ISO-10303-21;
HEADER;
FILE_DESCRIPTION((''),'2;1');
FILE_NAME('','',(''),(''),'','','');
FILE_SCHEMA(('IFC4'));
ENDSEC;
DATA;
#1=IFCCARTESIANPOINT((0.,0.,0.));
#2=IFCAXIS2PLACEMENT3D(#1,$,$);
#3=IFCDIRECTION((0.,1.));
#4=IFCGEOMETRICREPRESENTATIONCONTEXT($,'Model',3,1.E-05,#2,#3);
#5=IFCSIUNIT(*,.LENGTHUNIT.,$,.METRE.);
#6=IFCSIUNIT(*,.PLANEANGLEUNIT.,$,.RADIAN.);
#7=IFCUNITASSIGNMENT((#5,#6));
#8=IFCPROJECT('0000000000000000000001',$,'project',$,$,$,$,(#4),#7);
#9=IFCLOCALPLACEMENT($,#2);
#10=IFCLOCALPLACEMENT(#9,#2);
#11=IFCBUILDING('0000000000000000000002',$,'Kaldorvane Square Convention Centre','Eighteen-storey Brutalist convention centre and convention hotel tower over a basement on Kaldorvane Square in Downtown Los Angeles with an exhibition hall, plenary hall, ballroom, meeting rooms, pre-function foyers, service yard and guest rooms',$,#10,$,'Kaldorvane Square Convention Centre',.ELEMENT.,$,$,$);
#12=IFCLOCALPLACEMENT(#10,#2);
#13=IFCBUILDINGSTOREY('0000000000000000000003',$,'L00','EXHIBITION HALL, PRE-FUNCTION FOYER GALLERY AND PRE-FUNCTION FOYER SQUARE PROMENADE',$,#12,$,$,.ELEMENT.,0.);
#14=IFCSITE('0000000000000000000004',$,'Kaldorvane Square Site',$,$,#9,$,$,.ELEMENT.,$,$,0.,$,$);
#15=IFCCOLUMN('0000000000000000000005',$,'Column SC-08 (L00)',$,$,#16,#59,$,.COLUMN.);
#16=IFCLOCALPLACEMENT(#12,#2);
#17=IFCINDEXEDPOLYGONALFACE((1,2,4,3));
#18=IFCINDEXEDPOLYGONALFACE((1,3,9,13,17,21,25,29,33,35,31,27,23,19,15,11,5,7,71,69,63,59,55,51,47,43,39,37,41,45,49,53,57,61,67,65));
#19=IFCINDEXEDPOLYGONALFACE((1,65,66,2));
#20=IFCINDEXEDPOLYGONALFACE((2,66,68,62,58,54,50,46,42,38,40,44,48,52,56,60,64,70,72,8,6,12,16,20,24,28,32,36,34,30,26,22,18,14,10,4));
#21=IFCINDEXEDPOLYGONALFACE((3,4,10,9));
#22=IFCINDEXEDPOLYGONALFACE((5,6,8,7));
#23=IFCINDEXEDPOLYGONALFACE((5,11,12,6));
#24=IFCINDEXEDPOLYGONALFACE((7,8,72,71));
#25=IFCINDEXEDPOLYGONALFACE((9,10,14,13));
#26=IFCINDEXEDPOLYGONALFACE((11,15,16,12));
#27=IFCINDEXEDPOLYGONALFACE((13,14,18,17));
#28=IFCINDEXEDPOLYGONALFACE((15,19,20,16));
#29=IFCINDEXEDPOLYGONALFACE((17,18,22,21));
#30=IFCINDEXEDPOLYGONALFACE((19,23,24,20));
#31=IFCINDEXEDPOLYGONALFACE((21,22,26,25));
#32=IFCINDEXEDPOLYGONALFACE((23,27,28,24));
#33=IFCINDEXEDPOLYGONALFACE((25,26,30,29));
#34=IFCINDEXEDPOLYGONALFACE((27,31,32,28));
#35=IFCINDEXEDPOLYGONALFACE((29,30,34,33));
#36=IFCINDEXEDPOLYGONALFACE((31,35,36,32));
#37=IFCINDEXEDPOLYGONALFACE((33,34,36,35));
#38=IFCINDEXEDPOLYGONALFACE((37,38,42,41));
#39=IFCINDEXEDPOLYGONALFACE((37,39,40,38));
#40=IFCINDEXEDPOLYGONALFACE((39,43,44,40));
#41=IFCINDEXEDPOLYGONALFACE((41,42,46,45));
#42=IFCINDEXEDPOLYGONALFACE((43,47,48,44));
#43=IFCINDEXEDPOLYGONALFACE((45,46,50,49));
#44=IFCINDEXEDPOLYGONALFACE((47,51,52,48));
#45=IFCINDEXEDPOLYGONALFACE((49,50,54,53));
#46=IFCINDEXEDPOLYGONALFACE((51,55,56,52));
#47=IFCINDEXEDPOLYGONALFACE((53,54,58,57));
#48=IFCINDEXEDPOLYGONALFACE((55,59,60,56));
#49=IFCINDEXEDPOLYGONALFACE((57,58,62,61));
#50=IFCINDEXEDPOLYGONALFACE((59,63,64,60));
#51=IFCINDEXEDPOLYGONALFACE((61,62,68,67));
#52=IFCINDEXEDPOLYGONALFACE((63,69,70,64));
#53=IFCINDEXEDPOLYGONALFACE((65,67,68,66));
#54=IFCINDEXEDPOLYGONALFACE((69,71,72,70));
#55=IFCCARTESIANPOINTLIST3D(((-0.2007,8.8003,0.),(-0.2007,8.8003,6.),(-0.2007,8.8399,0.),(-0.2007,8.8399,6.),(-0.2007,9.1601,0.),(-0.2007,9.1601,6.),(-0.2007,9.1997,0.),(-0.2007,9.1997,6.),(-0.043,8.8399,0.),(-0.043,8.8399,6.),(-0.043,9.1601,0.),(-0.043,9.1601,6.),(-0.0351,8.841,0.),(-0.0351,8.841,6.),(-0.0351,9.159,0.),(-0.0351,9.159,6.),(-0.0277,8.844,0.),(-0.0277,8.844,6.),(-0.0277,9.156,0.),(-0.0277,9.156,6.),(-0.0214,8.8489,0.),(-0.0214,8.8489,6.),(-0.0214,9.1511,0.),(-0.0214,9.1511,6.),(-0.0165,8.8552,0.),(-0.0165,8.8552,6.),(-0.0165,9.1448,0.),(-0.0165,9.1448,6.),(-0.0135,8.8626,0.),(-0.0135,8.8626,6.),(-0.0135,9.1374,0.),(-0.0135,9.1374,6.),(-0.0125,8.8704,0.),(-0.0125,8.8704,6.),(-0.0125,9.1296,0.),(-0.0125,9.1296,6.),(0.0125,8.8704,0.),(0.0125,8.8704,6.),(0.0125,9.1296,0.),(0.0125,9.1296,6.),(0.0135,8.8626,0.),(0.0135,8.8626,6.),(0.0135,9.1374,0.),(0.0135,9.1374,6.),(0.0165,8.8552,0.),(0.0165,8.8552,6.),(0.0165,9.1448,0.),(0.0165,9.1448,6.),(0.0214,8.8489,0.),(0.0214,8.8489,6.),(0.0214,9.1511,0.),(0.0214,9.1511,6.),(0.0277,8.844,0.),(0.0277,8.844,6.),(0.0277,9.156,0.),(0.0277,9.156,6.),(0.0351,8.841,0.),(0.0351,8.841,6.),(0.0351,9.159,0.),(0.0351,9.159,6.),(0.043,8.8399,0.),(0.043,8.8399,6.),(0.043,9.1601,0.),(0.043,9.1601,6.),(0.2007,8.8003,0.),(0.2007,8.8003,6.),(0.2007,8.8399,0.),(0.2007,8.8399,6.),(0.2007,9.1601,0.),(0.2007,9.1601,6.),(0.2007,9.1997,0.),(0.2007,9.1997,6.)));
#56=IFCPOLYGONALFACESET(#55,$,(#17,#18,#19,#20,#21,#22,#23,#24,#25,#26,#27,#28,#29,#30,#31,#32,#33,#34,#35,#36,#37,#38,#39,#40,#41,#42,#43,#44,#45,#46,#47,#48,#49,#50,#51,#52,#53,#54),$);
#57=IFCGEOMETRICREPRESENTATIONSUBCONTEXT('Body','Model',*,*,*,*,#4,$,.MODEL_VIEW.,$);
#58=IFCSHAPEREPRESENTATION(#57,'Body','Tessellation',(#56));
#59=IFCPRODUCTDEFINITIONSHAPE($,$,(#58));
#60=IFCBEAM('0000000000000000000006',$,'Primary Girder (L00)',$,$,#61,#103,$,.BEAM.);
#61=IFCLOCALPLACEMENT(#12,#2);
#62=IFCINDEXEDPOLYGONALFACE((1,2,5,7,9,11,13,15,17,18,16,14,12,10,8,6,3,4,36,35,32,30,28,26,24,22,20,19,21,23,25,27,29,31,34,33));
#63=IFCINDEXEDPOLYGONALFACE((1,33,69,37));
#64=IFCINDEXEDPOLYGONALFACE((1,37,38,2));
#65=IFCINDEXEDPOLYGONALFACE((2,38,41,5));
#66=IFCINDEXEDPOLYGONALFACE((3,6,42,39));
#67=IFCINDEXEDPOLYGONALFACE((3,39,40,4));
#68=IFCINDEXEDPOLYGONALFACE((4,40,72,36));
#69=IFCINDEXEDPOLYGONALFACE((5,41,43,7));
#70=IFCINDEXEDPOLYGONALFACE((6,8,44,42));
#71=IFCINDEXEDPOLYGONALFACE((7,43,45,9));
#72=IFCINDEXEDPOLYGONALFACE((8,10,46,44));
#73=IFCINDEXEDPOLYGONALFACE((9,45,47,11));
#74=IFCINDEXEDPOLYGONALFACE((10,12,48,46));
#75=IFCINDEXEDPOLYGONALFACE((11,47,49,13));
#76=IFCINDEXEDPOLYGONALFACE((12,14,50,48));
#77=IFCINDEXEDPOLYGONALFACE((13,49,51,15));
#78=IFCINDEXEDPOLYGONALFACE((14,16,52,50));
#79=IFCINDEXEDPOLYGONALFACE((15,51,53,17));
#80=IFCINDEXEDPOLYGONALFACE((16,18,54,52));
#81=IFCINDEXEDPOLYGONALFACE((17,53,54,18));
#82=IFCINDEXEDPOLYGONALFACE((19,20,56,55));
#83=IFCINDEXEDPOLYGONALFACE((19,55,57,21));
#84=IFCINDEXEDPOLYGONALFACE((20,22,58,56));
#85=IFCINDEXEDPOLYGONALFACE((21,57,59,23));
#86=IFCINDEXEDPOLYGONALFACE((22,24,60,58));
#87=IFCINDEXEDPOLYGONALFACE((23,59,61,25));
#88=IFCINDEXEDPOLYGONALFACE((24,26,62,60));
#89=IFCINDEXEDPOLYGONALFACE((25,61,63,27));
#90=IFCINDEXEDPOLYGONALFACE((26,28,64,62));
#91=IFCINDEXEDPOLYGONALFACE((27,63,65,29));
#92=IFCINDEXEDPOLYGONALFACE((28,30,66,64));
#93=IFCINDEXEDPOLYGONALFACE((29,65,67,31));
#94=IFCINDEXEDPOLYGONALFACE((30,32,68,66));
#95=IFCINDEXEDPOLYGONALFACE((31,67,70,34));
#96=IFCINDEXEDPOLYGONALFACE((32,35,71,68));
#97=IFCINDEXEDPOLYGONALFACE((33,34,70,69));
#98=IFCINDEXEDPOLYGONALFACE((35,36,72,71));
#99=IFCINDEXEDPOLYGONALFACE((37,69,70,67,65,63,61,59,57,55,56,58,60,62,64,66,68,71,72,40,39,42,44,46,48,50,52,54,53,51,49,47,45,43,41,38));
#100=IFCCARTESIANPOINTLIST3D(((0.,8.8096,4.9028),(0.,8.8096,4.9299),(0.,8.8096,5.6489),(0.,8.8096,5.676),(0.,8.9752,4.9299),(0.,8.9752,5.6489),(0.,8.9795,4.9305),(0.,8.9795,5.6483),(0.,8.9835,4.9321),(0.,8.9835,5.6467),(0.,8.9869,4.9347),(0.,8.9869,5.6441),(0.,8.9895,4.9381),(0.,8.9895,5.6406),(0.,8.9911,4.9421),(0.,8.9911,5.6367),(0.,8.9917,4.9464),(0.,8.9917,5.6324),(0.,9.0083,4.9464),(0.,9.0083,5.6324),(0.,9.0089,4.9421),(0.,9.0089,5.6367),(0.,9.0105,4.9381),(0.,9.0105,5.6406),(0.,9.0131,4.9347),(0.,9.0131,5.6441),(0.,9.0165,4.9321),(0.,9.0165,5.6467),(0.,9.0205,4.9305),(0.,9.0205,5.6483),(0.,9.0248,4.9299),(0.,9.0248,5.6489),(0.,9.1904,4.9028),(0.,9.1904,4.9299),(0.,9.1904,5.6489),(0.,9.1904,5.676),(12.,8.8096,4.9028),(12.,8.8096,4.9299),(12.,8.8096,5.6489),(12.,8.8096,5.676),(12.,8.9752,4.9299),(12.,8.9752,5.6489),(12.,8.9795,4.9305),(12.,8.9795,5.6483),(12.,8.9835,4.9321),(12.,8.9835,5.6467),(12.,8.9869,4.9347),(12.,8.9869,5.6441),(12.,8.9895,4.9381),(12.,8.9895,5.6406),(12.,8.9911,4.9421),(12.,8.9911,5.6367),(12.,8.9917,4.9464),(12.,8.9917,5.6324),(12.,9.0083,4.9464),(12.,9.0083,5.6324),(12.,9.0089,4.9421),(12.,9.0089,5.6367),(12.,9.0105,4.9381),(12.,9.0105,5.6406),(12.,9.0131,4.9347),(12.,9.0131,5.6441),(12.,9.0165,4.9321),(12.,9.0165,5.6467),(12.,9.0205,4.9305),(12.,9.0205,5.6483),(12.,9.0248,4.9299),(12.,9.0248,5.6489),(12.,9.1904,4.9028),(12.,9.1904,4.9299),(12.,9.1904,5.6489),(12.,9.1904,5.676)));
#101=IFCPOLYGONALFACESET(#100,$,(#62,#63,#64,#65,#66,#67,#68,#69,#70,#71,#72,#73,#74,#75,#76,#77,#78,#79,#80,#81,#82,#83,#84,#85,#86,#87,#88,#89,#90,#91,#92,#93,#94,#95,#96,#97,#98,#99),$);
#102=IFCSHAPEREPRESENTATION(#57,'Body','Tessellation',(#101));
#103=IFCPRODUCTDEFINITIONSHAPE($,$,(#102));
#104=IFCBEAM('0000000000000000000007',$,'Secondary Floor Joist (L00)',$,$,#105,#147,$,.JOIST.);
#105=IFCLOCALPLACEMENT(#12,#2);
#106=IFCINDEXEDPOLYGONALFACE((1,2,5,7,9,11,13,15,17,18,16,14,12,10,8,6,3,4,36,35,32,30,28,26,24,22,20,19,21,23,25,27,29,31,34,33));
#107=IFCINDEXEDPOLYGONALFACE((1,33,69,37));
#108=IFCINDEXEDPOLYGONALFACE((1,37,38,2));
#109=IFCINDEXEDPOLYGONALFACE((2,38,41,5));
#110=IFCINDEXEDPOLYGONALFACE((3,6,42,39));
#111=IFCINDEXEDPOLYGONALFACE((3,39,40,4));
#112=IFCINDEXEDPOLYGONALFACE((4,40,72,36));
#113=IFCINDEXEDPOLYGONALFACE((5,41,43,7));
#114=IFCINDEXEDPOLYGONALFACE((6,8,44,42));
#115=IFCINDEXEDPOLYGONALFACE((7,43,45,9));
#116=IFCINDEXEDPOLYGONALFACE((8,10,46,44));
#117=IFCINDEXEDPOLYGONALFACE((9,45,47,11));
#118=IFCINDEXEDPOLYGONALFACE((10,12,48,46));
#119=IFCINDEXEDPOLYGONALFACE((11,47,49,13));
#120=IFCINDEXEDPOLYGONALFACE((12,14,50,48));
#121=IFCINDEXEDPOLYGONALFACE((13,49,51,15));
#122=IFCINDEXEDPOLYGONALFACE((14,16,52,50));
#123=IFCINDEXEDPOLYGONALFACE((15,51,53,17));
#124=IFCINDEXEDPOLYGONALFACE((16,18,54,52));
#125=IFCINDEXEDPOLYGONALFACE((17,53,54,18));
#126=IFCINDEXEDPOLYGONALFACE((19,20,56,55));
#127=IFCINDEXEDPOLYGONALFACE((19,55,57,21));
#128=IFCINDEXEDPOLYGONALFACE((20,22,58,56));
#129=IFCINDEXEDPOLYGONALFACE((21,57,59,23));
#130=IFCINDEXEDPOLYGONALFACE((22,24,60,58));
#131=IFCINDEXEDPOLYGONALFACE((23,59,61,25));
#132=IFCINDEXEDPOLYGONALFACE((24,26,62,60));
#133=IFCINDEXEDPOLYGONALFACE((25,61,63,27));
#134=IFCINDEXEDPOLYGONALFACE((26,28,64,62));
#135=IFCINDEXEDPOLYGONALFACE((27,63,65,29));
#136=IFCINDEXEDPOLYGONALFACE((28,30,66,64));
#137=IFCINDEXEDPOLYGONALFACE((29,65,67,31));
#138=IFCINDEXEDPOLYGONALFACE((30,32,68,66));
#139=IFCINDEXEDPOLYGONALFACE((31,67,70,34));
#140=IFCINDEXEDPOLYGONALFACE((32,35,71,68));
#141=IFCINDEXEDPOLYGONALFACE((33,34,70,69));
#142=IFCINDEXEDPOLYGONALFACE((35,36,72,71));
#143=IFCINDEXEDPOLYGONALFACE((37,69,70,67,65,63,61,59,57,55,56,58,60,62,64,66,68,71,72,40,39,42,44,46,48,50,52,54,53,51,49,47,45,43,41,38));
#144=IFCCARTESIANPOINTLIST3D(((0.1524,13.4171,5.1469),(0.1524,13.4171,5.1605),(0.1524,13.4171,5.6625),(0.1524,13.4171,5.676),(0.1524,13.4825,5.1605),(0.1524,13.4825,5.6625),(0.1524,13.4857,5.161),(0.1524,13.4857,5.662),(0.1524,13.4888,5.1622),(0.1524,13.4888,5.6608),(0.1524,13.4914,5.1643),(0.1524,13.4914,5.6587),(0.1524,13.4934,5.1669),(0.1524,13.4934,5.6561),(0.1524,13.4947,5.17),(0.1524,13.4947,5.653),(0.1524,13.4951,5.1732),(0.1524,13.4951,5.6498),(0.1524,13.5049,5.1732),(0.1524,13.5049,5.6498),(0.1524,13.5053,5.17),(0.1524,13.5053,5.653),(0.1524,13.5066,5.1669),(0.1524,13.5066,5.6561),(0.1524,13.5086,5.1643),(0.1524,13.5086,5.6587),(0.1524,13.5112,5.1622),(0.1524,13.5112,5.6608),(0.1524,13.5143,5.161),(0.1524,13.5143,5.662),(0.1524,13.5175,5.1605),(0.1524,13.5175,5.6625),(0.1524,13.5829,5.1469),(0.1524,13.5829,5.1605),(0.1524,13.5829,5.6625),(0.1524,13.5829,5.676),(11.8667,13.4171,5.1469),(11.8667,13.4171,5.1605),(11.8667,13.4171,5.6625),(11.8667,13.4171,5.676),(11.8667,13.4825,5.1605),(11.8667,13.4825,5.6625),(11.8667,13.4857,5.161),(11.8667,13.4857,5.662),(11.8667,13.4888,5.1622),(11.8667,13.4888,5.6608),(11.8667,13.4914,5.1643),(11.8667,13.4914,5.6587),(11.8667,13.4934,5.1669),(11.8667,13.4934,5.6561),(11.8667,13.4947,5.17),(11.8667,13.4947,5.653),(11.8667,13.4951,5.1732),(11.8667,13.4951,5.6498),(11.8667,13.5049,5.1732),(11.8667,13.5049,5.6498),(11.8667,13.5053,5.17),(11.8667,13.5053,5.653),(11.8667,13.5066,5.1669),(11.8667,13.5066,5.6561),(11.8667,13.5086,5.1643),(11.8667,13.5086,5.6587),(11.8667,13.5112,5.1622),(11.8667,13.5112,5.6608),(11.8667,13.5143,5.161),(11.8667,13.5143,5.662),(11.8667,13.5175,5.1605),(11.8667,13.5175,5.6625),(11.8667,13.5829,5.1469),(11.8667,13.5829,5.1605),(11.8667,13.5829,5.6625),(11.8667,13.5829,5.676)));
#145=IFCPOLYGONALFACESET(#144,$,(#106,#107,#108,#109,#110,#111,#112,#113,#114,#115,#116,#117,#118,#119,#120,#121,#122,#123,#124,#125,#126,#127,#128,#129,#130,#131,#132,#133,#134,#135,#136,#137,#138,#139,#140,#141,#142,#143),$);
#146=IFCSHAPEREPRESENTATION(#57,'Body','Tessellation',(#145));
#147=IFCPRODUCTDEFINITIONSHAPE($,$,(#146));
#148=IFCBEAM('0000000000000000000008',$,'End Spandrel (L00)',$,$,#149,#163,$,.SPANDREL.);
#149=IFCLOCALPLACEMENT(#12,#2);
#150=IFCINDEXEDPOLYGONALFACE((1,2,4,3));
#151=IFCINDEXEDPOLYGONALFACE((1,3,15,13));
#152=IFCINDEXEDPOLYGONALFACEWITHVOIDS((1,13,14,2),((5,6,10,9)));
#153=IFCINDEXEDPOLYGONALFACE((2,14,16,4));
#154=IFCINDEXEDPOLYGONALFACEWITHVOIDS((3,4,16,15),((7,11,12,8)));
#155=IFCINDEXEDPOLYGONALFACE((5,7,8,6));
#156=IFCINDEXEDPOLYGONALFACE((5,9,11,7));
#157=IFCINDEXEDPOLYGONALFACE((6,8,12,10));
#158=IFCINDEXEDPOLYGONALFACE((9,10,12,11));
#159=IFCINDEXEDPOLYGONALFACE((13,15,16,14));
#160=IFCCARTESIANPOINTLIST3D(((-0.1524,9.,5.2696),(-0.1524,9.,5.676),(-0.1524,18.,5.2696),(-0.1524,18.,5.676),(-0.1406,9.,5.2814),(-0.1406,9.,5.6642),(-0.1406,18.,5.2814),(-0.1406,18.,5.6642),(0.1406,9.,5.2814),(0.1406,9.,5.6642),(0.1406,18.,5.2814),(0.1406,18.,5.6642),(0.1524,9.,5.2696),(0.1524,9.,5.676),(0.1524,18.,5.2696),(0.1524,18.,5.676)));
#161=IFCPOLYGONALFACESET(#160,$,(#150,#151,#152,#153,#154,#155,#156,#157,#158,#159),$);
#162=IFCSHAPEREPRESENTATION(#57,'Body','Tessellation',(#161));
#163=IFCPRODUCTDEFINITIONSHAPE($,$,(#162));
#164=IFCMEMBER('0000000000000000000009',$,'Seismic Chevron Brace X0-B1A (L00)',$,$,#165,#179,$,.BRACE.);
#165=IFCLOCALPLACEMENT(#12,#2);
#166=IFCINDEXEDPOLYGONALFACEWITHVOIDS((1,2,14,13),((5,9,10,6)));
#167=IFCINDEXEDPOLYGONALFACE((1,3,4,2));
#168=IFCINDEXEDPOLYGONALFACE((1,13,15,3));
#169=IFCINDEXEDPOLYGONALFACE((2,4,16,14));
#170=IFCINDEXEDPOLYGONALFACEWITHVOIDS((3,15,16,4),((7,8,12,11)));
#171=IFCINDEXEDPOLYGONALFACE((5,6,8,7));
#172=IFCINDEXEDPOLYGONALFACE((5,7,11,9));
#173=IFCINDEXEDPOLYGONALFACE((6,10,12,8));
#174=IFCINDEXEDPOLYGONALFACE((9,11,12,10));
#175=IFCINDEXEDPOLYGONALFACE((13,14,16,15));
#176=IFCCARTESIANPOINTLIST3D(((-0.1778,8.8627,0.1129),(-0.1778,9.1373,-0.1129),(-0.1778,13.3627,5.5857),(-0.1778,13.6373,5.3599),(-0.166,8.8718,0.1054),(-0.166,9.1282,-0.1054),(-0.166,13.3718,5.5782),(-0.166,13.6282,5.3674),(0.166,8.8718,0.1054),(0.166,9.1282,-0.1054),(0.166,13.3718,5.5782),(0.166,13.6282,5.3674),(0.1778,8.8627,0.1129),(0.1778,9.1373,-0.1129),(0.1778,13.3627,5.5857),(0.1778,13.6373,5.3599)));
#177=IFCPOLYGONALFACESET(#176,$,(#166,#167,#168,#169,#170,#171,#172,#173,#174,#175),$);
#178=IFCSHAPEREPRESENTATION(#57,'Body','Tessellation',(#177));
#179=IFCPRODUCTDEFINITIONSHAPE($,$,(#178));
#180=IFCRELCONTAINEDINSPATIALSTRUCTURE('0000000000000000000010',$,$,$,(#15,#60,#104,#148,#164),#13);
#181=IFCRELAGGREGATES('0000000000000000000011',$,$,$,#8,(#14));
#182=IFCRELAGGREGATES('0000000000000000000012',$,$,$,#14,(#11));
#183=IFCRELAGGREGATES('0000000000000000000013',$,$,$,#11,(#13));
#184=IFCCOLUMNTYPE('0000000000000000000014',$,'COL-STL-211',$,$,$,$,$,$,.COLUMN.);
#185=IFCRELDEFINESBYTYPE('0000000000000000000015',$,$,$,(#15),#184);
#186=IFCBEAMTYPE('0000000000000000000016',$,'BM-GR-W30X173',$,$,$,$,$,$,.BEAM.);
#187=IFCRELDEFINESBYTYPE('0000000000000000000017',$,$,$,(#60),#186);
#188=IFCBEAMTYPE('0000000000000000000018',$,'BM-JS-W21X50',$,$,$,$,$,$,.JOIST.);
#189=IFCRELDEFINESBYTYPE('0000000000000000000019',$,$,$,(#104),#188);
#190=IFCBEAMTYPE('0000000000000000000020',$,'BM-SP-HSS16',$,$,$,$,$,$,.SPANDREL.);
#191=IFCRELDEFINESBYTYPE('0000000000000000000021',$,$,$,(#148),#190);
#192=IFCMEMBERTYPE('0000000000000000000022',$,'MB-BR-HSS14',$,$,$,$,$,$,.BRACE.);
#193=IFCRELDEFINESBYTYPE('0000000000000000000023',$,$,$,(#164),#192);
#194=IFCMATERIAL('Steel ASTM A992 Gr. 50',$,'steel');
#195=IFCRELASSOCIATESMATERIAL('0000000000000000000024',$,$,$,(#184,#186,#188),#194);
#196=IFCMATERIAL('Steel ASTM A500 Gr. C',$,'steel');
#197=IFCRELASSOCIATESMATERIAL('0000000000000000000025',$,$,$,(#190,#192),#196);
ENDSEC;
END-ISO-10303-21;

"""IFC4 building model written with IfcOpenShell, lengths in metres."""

from ifc_helpers import new_model, si_unit, direction, frame, origin, origin_2d, place, context, subcontext, project, spatial, hollow_rectangle, i_section, extrude, material, material_profile, profile_set, type_object, element, save


model = new_model("IFC4")

# Units and contexts
model_context = context("Model", 3, precision=1e-05, world=origin(), true_north=direction((0.0, 1.0)))
body_context = subcontext(model_context, "Body", "Model", "MODEL_VIEW")
ifc_project = project(units=[si_unit("LENGTHUNIT", "METRE"), si_unit("PLANEANGLEUNIT", "RADIAN")], contexts=[model_context])

# Site, building, storey
site_placement = place(None, origin())
site = spatial("IfcSite", under=ifc_project, at=site_placement, Name="Kaldorvane Square Site", CompositionType="ELEMENT", RefElevation=0.0)
building_placement = place(site_placement, origin())
building = spatial("IfcBuilding", under=site, at=building_placement, Name="Kaldorvane Square Convention Centre", Description="Eighteen-storey Brutalist convention centre and convention hotel tower over a basement on Kaldorvane Square in Downtown Los Angeles with an exhibition hall, plenary hall, ballroom, meeting rooms, pre-function foyers, service yard and guest rooms", LongName="Kaldorvane Square Convention Centre", CompositionType="ELEMENT")
storey_placement = place(building_placement, origin())
storey = spatial("IfcBuildingStorey", under=building, at=storey_placement, Name="L00", Description="EXHIBITION HALL, PRE-FUNCTION FOYER GALLERY AND PRE-FUNCTION FOYER SQUARE PROMENADE", CompositionType="ELEMENT", Elevation=0.0)

# Column
ifc_material_1 = material(Name="Steel ASTM A992 Gr. 50", Category="steel")
ifc_material_profile_1 = material_profile(ifc_material_1, i_section(OverallWidth=0.4013, OverallDepth=0.3993, WebThickness=0.0249, FlangeThickness=0.0396, FilletRadius=0.0305, at=origin_2d()), Name="W14X211")
ifc_profile_set_1 = profile_set([ifc_material_profile_1], Name="Steel ASTM A992 Gr. 50")
column_type = type_object("IfcColumnType", Name="COL-STL-211", PredefinedType="COLUMN", material=ifc_profile_set_1)
column_placement = place(storey_placement, frame((0.0, 9.0, 0.0), z_axis=(0.0, 0.0, 1.0), x_axis=(1.0, 0.0, 0.0)))
element("IfcColumn", 1, at=column_placement, inside=storey, type_object=column_type, Name="Column SC-08 (L00)", PredefinedType="COLUMN", context=body_context, shape_type="SweptSolid", body=[
    extrude(i_section(OverallWidth=0.4013, OverallDepth=0.3993, WebThickness=0.0249, FlangeThickness=0.0396, FilletRadius=0.0305, at=origin_2d()), origin(), (0.0, 0.0, 1.0), 6.0),
])

# Beams
ifc_material_profile_2 = material_profile(ifc_material_1, i_section(OverallWidth=0.3807, OverallDepth=0.7732, WebThickness=0.0166, FlangeThickness=0.0271, FilletRadius=0.0165, at=origin_2d()), Name="W30X173")
ifc_profile_set_2 = profile_set([ifc_material_profile_2], Name="Steel ASTM A992 Gr. 50")
beam_type_1 = type_object("IfcBeamType", Name="BM-GR-W30X173", PredefinedType="BEAM", material=ifc_profile_set_2)
beam_1_placement = place(storey_placement, frame((0.0, 9.0, 5.2894), z_axis=(1.0, 0.0, 0.0), x_axis=(0.0, 1.0, 0.0)))
element("IfcBeam", 2, at=beam_1_placement, inside=storey, type_object=beam_type_1, Name="Primary Girder (L00)", PredefinedType="BEAM", context=body_context, shape_type="SweptSolid", body=[
    extrude(i_section(OverallWidth=0.3807, OverallDepth=0.7732, WebThickness=0.0166, FlangeThickness=0.0271, FilletRadius=0.0165, at=origin_2d()), origin(), (0.0, 0.0, 1.0), 12.0),
])
ifc_material_profile_3 = material_profile(ifc_material_1, i_section(OverallWidth=0.1659, OverallDepth=0.5291, WebThickness=0.0097, FlangeThickness=0.0136, FilletRadius=0.0127, at=origin_2d()), Name="W21X50")
ifc_profile_set_3 = profile_set([ifc_material_profile_3], Name="Steel ASTM A992 Gr. 50")
beam_type_2 = type_object("IfcBeamType", Name="BM-JS-W21X50", PredefinedType="JOIST", material=ifc_profile_set_3)
beam_2_placement = place(storey_placement, frame((0.1524, 13.5, 5.4115), z_axis=(1.0, 0.0, 0.0), x_axis=(0.0, 1.0, 0.0)))
element("IfcBeam", 3, at=beam_2_placement, inside=storey, type_object=beam_type_2, Name="Secondary Floor Joist (L00)", PredefinedType="JOIST", context=body_context, shape_type="SweptSolid", body=[
    extrude(i_section(OverallWidth=0.1659, OverallDepth=0.5291, WebThickness=0.0097, FlangeThickness=0.0136, FilletRadius=0.0127, at=origin_2d()), origin(), (0.0, 0.0, 1.0), 11.7143),
])
ifc_material_2 = material(Name="Steel ASTM A500 Gr. C", Category="steel")
ifc_material_profile_4 = material_profile(ifc_material_2, hollow_rectangle(XDim=0.3048, YDim=0.4064, WallThickness=0.0118, at=origin_2d()), Name="HSS16X12X1/2")
ifc_profile_set_4 = profile_set([ifc_material_profile_4], Name="Steel ASTM A500 Gr. C")
beam_type_3 = type_object("IfcBeamType", Name="BM-SP-HSS16", PredefinedType="SPANDREL", material=ifc_profile_set_4)
beam_3_placement = place(storey_placement, frame((0.0, 9.0, 5.4728), z_axis=(0.0, 1.0, 0.0), x_axis=(-1.0, 0.0, 0.0)))
element("IfcBeam", 4, at=beam_3_placement, inside=storey, type_object=beam_type_3, Name="End Spandrel (L00)", PredefinedType="SPANDREL", context=body_context, shape_type="SweptSolid", body=[
    extrude(hollow_rectangle(XDim=0.3048, YDim=0.4064, WallThickness=0.0118, at=origin_2d()), origin(), (0.0, 0.0, 1.0), 9.0),
])

# Member
ifc_material_profile_5 = material_profile(ifc_material_2, hollow_rectangle(XDim=0.3556, YDim=0.3556, WallThickness=0.0118, at=origin_2d()), Name="HSS14X14X1/2")
ifc_profile_set_5 = profile_set([ifc_material_profile_5], Name="Steel ASTM A500 Gr. C")
member_type = type_object("IfcMemberType", Name="MB-BR-HSS14", PredefinedType="BRACE", material=ifc_profile_set_5)
member_placement = place(storey_placement, frame((0.0, 9.0, 0.0), z_axis=(0.0, 0.635118, 0.772415), x_axis=(-1.0, 0.0, 0.0)))
element("IfcMember", 5, at=member_placement, inside=storey, type_object=member_type, Name="Seismic Chevron Brace X0-B1A (L00)", PredefinedType="BRACE", context=body_context, shape_type="SweptSolid", body=[
    extrude(hollow_rectangle(XDim=0.3556, YDim=0.3556, WallThickness=0.0118, at=origin_2d()), origin(), (0.0, 0.0, 1.0), 7.0853),
])

save(model, "model.ifc")
